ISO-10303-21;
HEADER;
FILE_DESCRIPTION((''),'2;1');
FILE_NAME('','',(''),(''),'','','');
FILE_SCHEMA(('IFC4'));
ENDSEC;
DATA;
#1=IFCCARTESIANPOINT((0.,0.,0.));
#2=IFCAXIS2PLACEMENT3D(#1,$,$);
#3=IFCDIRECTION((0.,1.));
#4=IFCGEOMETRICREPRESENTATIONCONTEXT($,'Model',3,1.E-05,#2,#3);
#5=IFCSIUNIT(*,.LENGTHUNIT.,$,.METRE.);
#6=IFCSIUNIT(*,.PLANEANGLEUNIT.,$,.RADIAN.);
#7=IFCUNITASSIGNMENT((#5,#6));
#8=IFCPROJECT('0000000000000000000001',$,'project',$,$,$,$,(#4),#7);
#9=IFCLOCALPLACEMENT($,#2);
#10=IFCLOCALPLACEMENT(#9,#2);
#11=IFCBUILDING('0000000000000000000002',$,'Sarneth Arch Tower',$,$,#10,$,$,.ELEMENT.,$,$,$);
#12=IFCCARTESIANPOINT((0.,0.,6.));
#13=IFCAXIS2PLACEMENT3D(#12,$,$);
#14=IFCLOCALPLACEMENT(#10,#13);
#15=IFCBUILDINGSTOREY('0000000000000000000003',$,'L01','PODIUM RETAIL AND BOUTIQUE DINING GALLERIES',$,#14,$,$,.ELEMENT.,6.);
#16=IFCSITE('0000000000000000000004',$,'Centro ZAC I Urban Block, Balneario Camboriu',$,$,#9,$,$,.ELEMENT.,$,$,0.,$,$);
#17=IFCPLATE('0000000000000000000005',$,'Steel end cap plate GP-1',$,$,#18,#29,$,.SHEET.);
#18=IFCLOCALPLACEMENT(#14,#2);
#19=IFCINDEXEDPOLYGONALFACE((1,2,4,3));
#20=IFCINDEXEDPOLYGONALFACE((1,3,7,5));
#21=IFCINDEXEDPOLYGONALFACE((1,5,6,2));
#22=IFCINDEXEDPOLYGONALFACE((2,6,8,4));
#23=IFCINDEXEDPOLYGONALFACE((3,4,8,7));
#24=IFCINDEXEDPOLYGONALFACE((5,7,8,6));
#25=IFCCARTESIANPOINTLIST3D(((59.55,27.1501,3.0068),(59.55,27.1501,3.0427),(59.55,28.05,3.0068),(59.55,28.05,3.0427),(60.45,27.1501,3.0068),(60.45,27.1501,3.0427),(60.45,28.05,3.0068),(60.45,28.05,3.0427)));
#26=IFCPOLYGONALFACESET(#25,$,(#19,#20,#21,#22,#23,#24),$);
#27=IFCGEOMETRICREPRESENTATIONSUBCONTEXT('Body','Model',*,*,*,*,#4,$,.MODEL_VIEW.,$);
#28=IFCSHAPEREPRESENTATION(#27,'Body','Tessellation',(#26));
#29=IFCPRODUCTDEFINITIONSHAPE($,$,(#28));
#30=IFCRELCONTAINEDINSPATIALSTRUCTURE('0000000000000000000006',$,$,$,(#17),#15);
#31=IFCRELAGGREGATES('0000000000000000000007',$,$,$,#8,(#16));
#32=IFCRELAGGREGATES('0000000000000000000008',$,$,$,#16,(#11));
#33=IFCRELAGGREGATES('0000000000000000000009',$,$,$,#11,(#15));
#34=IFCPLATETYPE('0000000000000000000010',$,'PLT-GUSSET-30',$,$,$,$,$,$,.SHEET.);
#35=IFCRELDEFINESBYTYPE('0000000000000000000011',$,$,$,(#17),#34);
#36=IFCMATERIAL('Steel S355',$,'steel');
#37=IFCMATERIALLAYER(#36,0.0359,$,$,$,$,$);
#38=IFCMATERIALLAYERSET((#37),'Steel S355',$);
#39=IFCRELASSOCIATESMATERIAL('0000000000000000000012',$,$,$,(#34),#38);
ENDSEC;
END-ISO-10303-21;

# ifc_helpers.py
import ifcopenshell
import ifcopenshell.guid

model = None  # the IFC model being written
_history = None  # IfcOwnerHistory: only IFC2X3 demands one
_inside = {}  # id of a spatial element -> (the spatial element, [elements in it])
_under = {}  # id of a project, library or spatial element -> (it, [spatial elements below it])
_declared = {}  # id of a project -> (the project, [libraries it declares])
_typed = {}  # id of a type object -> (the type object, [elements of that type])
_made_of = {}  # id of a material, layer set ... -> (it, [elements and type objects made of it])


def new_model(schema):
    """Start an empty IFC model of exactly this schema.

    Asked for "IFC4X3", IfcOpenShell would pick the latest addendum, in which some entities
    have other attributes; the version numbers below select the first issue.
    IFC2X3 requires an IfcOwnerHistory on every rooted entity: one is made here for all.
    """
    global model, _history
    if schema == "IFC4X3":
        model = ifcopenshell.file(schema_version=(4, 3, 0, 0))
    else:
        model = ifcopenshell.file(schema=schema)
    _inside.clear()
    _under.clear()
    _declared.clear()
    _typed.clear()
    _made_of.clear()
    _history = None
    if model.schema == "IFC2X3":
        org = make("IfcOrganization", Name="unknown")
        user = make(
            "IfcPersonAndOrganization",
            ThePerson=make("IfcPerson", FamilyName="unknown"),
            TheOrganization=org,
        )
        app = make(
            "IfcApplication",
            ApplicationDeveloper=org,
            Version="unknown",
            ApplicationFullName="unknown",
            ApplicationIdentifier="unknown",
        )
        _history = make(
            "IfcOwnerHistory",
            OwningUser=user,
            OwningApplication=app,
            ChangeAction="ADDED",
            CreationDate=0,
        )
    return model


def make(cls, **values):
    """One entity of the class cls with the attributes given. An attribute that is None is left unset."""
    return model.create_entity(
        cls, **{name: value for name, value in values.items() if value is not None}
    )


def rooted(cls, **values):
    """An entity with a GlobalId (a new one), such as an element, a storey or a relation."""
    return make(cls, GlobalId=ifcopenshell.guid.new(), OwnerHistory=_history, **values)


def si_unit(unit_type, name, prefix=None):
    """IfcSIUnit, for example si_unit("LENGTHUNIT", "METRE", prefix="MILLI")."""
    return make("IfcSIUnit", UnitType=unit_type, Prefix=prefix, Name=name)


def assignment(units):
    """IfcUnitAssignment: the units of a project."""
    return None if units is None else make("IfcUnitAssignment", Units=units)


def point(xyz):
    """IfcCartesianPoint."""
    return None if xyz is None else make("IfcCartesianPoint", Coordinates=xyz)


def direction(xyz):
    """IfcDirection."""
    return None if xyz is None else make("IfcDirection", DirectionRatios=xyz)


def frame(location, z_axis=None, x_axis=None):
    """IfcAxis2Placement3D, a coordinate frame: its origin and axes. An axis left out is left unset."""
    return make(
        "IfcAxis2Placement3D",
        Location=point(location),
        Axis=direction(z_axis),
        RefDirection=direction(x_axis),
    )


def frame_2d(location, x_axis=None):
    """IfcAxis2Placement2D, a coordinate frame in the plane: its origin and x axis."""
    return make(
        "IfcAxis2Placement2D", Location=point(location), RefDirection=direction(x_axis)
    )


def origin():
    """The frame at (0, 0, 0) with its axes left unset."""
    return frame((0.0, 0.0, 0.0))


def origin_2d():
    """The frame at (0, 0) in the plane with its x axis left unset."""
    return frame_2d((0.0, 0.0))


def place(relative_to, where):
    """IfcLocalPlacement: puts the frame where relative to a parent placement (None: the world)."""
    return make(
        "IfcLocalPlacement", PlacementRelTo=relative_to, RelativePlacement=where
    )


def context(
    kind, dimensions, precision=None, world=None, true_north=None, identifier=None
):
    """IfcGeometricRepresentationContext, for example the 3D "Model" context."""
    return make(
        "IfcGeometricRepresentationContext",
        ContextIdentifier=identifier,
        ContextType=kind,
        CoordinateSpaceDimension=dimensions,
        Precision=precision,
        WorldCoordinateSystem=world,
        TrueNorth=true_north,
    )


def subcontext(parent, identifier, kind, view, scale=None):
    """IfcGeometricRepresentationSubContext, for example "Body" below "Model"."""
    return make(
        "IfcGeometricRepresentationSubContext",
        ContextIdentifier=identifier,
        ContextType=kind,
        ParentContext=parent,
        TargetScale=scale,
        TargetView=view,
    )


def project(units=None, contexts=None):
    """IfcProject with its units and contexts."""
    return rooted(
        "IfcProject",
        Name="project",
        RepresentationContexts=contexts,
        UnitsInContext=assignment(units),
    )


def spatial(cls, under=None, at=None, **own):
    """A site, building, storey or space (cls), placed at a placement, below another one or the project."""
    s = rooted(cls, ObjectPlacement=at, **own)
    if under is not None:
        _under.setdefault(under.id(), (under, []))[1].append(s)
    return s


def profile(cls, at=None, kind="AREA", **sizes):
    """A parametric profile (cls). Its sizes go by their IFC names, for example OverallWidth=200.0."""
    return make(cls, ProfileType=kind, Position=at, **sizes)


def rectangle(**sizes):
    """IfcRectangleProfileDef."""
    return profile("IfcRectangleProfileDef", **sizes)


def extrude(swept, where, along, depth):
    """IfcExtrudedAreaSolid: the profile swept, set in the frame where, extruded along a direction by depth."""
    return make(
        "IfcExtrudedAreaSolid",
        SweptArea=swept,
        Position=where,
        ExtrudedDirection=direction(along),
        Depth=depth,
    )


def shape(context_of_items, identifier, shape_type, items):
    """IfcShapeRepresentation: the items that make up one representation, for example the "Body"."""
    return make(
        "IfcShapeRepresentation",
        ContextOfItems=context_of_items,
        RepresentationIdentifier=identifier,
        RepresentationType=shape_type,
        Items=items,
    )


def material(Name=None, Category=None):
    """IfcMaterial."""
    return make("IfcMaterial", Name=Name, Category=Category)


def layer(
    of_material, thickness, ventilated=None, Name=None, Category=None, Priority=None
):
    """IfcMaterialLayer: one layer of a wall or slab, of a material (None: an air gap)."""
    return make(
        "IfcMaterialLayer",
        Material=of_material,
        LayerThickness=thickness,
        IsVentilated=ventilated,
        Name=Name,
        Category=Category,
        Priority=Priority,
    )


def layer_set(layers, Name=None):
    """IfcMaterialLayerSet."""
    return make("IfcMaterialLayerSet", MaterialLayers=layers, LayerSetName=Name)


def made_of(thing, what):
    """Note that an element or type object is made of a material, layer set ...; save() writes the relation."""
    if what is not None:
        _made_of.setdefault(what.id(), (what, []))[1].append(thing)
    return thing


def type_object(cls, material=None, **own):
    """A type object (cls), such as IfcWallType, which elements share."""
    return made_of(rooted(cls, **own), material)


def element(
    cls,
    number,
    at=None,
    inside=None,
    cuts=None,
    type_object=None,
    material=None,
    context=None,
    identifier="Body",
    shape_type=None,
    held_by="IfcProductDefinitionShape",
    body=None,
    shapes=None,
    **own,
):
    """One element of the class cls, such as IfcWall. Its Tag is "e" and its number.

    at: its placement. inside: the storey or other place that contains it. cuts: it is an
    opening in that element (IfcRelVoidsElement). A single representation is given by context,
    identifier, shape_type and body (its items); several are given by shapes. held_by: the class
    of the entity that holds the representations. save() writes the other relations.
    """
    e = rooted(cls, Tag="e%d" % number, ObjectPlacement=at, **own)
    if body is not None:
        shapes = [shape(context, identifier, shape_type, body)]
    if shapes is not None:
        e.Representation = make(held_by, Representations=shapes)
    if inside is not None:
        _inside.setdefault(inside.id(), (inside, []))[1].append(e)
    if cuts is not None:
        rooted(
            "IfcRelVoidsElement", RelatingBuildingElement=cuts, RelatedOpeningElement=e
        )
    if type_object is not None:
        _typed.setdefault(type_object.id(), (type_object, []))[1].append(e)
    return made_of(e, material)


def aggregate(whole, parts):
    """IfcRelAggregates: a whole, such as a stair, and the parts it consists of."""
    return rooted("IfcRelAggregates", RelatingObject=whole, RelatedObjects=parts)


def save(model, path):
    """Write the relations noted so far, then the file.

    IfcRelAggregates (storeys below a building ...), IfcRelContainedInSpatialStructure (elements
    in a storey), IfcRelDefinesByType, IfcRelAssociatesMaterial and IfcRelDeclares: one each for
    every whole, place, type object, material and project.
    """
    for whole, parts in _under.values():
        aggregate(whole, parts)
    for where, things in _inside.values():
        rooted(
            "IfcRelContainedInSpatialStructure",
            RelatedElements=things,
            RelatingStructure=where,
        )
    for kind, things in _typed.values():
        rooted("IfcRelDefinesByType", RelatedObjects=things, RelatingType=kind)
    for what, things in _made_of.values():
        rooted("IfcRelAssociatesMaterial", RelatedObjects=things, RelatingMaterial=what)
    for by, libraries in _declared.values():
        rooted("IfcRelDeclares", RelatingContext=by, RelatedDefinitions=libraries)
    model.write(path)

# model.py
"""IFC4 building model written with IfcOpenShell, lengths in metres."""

from ifc_helpers import new_model, si_unit, direction, frame, origin, origin_2d, place, context, subcontext, project, spatial, rectangle, extrude, material, layer, layer_set, type_object, element, save


model = new_model("IFC4")

# Units and contexts
model_context = context("Model", 3, precision=1e-05, world=origin(), true_north=direction((0.0, 1.0)))
body_context = subcontext(model_context, "Body", "Model", "MODEL_VIEW")
ifc_project = project(units=[si_unit("LENGTHUNIT", "METRE"), si_unit("PLANEANGLEUNIT", "RADIAN")], contexts=[model_context])

# Site, building, storey
site_placement = place(None, origin())
site = spatial("IfcSite", under=ifc_project, at=site_placement, Name="Centro ZAC I Urban Block, Balneario Camboriu", CompositionType="ELEMENT", RefElevation=0.0)
building_placement = place(site_placement, origin())
building = spatial("IfcBuilding", under=site, at=building_placement, Name="Sarneth Arch Tower", CompositionType="ELEMENT")
storey_placement = place(building_placement, frame((0.0, 0.0, 6.0)))
storey = spatial("IfcBuildingStorey", under=building, at=storey_placement, Name="L01", Description="PODIUM RETAIL AND BOUTIQUE DINING GALLERIES", CompositionType="ELEMENT", Elevation=6.0)

# Plate
ifc_material_1 = material(Name="Steel S355", Category="steel")
ifc_layer_1 = layer(ifc_material_1, 0.0359)
ifc_layer_set_1 = layer_set([ifc_layer_1], Name="Steel S355")
plate_type_1 = type_object("IfcPlateType", Name="PLT-GUSSET-30", PredefinedType="SHEET", material=ifc_layer_set_1)
for number, where, z_axis, x_axis, name in (
    (1, (60.0, 27.6001, 3.0068), (0.0, 0.0, 1.0), (-1.0, 0.0, 0.0), "Steel end cap plate GP-1"),
):
    element("IfcPlate", number, at=place(storey_placement, frame(where, z_axis=z_axis, x_axis=x_axis)), inside=storey, type_object=plate_type_1, Name=name, PredefinedType="SHEET", context=body_context, shape_type="SweptSolid", body=[
        extrude(rectangle(XDim=0.8999, YDim=0.8999, at=origin_2d()), origin(), (0.0, 0.0, 1.0), 0.0359),
    ])

save(model, "model.ifc")
